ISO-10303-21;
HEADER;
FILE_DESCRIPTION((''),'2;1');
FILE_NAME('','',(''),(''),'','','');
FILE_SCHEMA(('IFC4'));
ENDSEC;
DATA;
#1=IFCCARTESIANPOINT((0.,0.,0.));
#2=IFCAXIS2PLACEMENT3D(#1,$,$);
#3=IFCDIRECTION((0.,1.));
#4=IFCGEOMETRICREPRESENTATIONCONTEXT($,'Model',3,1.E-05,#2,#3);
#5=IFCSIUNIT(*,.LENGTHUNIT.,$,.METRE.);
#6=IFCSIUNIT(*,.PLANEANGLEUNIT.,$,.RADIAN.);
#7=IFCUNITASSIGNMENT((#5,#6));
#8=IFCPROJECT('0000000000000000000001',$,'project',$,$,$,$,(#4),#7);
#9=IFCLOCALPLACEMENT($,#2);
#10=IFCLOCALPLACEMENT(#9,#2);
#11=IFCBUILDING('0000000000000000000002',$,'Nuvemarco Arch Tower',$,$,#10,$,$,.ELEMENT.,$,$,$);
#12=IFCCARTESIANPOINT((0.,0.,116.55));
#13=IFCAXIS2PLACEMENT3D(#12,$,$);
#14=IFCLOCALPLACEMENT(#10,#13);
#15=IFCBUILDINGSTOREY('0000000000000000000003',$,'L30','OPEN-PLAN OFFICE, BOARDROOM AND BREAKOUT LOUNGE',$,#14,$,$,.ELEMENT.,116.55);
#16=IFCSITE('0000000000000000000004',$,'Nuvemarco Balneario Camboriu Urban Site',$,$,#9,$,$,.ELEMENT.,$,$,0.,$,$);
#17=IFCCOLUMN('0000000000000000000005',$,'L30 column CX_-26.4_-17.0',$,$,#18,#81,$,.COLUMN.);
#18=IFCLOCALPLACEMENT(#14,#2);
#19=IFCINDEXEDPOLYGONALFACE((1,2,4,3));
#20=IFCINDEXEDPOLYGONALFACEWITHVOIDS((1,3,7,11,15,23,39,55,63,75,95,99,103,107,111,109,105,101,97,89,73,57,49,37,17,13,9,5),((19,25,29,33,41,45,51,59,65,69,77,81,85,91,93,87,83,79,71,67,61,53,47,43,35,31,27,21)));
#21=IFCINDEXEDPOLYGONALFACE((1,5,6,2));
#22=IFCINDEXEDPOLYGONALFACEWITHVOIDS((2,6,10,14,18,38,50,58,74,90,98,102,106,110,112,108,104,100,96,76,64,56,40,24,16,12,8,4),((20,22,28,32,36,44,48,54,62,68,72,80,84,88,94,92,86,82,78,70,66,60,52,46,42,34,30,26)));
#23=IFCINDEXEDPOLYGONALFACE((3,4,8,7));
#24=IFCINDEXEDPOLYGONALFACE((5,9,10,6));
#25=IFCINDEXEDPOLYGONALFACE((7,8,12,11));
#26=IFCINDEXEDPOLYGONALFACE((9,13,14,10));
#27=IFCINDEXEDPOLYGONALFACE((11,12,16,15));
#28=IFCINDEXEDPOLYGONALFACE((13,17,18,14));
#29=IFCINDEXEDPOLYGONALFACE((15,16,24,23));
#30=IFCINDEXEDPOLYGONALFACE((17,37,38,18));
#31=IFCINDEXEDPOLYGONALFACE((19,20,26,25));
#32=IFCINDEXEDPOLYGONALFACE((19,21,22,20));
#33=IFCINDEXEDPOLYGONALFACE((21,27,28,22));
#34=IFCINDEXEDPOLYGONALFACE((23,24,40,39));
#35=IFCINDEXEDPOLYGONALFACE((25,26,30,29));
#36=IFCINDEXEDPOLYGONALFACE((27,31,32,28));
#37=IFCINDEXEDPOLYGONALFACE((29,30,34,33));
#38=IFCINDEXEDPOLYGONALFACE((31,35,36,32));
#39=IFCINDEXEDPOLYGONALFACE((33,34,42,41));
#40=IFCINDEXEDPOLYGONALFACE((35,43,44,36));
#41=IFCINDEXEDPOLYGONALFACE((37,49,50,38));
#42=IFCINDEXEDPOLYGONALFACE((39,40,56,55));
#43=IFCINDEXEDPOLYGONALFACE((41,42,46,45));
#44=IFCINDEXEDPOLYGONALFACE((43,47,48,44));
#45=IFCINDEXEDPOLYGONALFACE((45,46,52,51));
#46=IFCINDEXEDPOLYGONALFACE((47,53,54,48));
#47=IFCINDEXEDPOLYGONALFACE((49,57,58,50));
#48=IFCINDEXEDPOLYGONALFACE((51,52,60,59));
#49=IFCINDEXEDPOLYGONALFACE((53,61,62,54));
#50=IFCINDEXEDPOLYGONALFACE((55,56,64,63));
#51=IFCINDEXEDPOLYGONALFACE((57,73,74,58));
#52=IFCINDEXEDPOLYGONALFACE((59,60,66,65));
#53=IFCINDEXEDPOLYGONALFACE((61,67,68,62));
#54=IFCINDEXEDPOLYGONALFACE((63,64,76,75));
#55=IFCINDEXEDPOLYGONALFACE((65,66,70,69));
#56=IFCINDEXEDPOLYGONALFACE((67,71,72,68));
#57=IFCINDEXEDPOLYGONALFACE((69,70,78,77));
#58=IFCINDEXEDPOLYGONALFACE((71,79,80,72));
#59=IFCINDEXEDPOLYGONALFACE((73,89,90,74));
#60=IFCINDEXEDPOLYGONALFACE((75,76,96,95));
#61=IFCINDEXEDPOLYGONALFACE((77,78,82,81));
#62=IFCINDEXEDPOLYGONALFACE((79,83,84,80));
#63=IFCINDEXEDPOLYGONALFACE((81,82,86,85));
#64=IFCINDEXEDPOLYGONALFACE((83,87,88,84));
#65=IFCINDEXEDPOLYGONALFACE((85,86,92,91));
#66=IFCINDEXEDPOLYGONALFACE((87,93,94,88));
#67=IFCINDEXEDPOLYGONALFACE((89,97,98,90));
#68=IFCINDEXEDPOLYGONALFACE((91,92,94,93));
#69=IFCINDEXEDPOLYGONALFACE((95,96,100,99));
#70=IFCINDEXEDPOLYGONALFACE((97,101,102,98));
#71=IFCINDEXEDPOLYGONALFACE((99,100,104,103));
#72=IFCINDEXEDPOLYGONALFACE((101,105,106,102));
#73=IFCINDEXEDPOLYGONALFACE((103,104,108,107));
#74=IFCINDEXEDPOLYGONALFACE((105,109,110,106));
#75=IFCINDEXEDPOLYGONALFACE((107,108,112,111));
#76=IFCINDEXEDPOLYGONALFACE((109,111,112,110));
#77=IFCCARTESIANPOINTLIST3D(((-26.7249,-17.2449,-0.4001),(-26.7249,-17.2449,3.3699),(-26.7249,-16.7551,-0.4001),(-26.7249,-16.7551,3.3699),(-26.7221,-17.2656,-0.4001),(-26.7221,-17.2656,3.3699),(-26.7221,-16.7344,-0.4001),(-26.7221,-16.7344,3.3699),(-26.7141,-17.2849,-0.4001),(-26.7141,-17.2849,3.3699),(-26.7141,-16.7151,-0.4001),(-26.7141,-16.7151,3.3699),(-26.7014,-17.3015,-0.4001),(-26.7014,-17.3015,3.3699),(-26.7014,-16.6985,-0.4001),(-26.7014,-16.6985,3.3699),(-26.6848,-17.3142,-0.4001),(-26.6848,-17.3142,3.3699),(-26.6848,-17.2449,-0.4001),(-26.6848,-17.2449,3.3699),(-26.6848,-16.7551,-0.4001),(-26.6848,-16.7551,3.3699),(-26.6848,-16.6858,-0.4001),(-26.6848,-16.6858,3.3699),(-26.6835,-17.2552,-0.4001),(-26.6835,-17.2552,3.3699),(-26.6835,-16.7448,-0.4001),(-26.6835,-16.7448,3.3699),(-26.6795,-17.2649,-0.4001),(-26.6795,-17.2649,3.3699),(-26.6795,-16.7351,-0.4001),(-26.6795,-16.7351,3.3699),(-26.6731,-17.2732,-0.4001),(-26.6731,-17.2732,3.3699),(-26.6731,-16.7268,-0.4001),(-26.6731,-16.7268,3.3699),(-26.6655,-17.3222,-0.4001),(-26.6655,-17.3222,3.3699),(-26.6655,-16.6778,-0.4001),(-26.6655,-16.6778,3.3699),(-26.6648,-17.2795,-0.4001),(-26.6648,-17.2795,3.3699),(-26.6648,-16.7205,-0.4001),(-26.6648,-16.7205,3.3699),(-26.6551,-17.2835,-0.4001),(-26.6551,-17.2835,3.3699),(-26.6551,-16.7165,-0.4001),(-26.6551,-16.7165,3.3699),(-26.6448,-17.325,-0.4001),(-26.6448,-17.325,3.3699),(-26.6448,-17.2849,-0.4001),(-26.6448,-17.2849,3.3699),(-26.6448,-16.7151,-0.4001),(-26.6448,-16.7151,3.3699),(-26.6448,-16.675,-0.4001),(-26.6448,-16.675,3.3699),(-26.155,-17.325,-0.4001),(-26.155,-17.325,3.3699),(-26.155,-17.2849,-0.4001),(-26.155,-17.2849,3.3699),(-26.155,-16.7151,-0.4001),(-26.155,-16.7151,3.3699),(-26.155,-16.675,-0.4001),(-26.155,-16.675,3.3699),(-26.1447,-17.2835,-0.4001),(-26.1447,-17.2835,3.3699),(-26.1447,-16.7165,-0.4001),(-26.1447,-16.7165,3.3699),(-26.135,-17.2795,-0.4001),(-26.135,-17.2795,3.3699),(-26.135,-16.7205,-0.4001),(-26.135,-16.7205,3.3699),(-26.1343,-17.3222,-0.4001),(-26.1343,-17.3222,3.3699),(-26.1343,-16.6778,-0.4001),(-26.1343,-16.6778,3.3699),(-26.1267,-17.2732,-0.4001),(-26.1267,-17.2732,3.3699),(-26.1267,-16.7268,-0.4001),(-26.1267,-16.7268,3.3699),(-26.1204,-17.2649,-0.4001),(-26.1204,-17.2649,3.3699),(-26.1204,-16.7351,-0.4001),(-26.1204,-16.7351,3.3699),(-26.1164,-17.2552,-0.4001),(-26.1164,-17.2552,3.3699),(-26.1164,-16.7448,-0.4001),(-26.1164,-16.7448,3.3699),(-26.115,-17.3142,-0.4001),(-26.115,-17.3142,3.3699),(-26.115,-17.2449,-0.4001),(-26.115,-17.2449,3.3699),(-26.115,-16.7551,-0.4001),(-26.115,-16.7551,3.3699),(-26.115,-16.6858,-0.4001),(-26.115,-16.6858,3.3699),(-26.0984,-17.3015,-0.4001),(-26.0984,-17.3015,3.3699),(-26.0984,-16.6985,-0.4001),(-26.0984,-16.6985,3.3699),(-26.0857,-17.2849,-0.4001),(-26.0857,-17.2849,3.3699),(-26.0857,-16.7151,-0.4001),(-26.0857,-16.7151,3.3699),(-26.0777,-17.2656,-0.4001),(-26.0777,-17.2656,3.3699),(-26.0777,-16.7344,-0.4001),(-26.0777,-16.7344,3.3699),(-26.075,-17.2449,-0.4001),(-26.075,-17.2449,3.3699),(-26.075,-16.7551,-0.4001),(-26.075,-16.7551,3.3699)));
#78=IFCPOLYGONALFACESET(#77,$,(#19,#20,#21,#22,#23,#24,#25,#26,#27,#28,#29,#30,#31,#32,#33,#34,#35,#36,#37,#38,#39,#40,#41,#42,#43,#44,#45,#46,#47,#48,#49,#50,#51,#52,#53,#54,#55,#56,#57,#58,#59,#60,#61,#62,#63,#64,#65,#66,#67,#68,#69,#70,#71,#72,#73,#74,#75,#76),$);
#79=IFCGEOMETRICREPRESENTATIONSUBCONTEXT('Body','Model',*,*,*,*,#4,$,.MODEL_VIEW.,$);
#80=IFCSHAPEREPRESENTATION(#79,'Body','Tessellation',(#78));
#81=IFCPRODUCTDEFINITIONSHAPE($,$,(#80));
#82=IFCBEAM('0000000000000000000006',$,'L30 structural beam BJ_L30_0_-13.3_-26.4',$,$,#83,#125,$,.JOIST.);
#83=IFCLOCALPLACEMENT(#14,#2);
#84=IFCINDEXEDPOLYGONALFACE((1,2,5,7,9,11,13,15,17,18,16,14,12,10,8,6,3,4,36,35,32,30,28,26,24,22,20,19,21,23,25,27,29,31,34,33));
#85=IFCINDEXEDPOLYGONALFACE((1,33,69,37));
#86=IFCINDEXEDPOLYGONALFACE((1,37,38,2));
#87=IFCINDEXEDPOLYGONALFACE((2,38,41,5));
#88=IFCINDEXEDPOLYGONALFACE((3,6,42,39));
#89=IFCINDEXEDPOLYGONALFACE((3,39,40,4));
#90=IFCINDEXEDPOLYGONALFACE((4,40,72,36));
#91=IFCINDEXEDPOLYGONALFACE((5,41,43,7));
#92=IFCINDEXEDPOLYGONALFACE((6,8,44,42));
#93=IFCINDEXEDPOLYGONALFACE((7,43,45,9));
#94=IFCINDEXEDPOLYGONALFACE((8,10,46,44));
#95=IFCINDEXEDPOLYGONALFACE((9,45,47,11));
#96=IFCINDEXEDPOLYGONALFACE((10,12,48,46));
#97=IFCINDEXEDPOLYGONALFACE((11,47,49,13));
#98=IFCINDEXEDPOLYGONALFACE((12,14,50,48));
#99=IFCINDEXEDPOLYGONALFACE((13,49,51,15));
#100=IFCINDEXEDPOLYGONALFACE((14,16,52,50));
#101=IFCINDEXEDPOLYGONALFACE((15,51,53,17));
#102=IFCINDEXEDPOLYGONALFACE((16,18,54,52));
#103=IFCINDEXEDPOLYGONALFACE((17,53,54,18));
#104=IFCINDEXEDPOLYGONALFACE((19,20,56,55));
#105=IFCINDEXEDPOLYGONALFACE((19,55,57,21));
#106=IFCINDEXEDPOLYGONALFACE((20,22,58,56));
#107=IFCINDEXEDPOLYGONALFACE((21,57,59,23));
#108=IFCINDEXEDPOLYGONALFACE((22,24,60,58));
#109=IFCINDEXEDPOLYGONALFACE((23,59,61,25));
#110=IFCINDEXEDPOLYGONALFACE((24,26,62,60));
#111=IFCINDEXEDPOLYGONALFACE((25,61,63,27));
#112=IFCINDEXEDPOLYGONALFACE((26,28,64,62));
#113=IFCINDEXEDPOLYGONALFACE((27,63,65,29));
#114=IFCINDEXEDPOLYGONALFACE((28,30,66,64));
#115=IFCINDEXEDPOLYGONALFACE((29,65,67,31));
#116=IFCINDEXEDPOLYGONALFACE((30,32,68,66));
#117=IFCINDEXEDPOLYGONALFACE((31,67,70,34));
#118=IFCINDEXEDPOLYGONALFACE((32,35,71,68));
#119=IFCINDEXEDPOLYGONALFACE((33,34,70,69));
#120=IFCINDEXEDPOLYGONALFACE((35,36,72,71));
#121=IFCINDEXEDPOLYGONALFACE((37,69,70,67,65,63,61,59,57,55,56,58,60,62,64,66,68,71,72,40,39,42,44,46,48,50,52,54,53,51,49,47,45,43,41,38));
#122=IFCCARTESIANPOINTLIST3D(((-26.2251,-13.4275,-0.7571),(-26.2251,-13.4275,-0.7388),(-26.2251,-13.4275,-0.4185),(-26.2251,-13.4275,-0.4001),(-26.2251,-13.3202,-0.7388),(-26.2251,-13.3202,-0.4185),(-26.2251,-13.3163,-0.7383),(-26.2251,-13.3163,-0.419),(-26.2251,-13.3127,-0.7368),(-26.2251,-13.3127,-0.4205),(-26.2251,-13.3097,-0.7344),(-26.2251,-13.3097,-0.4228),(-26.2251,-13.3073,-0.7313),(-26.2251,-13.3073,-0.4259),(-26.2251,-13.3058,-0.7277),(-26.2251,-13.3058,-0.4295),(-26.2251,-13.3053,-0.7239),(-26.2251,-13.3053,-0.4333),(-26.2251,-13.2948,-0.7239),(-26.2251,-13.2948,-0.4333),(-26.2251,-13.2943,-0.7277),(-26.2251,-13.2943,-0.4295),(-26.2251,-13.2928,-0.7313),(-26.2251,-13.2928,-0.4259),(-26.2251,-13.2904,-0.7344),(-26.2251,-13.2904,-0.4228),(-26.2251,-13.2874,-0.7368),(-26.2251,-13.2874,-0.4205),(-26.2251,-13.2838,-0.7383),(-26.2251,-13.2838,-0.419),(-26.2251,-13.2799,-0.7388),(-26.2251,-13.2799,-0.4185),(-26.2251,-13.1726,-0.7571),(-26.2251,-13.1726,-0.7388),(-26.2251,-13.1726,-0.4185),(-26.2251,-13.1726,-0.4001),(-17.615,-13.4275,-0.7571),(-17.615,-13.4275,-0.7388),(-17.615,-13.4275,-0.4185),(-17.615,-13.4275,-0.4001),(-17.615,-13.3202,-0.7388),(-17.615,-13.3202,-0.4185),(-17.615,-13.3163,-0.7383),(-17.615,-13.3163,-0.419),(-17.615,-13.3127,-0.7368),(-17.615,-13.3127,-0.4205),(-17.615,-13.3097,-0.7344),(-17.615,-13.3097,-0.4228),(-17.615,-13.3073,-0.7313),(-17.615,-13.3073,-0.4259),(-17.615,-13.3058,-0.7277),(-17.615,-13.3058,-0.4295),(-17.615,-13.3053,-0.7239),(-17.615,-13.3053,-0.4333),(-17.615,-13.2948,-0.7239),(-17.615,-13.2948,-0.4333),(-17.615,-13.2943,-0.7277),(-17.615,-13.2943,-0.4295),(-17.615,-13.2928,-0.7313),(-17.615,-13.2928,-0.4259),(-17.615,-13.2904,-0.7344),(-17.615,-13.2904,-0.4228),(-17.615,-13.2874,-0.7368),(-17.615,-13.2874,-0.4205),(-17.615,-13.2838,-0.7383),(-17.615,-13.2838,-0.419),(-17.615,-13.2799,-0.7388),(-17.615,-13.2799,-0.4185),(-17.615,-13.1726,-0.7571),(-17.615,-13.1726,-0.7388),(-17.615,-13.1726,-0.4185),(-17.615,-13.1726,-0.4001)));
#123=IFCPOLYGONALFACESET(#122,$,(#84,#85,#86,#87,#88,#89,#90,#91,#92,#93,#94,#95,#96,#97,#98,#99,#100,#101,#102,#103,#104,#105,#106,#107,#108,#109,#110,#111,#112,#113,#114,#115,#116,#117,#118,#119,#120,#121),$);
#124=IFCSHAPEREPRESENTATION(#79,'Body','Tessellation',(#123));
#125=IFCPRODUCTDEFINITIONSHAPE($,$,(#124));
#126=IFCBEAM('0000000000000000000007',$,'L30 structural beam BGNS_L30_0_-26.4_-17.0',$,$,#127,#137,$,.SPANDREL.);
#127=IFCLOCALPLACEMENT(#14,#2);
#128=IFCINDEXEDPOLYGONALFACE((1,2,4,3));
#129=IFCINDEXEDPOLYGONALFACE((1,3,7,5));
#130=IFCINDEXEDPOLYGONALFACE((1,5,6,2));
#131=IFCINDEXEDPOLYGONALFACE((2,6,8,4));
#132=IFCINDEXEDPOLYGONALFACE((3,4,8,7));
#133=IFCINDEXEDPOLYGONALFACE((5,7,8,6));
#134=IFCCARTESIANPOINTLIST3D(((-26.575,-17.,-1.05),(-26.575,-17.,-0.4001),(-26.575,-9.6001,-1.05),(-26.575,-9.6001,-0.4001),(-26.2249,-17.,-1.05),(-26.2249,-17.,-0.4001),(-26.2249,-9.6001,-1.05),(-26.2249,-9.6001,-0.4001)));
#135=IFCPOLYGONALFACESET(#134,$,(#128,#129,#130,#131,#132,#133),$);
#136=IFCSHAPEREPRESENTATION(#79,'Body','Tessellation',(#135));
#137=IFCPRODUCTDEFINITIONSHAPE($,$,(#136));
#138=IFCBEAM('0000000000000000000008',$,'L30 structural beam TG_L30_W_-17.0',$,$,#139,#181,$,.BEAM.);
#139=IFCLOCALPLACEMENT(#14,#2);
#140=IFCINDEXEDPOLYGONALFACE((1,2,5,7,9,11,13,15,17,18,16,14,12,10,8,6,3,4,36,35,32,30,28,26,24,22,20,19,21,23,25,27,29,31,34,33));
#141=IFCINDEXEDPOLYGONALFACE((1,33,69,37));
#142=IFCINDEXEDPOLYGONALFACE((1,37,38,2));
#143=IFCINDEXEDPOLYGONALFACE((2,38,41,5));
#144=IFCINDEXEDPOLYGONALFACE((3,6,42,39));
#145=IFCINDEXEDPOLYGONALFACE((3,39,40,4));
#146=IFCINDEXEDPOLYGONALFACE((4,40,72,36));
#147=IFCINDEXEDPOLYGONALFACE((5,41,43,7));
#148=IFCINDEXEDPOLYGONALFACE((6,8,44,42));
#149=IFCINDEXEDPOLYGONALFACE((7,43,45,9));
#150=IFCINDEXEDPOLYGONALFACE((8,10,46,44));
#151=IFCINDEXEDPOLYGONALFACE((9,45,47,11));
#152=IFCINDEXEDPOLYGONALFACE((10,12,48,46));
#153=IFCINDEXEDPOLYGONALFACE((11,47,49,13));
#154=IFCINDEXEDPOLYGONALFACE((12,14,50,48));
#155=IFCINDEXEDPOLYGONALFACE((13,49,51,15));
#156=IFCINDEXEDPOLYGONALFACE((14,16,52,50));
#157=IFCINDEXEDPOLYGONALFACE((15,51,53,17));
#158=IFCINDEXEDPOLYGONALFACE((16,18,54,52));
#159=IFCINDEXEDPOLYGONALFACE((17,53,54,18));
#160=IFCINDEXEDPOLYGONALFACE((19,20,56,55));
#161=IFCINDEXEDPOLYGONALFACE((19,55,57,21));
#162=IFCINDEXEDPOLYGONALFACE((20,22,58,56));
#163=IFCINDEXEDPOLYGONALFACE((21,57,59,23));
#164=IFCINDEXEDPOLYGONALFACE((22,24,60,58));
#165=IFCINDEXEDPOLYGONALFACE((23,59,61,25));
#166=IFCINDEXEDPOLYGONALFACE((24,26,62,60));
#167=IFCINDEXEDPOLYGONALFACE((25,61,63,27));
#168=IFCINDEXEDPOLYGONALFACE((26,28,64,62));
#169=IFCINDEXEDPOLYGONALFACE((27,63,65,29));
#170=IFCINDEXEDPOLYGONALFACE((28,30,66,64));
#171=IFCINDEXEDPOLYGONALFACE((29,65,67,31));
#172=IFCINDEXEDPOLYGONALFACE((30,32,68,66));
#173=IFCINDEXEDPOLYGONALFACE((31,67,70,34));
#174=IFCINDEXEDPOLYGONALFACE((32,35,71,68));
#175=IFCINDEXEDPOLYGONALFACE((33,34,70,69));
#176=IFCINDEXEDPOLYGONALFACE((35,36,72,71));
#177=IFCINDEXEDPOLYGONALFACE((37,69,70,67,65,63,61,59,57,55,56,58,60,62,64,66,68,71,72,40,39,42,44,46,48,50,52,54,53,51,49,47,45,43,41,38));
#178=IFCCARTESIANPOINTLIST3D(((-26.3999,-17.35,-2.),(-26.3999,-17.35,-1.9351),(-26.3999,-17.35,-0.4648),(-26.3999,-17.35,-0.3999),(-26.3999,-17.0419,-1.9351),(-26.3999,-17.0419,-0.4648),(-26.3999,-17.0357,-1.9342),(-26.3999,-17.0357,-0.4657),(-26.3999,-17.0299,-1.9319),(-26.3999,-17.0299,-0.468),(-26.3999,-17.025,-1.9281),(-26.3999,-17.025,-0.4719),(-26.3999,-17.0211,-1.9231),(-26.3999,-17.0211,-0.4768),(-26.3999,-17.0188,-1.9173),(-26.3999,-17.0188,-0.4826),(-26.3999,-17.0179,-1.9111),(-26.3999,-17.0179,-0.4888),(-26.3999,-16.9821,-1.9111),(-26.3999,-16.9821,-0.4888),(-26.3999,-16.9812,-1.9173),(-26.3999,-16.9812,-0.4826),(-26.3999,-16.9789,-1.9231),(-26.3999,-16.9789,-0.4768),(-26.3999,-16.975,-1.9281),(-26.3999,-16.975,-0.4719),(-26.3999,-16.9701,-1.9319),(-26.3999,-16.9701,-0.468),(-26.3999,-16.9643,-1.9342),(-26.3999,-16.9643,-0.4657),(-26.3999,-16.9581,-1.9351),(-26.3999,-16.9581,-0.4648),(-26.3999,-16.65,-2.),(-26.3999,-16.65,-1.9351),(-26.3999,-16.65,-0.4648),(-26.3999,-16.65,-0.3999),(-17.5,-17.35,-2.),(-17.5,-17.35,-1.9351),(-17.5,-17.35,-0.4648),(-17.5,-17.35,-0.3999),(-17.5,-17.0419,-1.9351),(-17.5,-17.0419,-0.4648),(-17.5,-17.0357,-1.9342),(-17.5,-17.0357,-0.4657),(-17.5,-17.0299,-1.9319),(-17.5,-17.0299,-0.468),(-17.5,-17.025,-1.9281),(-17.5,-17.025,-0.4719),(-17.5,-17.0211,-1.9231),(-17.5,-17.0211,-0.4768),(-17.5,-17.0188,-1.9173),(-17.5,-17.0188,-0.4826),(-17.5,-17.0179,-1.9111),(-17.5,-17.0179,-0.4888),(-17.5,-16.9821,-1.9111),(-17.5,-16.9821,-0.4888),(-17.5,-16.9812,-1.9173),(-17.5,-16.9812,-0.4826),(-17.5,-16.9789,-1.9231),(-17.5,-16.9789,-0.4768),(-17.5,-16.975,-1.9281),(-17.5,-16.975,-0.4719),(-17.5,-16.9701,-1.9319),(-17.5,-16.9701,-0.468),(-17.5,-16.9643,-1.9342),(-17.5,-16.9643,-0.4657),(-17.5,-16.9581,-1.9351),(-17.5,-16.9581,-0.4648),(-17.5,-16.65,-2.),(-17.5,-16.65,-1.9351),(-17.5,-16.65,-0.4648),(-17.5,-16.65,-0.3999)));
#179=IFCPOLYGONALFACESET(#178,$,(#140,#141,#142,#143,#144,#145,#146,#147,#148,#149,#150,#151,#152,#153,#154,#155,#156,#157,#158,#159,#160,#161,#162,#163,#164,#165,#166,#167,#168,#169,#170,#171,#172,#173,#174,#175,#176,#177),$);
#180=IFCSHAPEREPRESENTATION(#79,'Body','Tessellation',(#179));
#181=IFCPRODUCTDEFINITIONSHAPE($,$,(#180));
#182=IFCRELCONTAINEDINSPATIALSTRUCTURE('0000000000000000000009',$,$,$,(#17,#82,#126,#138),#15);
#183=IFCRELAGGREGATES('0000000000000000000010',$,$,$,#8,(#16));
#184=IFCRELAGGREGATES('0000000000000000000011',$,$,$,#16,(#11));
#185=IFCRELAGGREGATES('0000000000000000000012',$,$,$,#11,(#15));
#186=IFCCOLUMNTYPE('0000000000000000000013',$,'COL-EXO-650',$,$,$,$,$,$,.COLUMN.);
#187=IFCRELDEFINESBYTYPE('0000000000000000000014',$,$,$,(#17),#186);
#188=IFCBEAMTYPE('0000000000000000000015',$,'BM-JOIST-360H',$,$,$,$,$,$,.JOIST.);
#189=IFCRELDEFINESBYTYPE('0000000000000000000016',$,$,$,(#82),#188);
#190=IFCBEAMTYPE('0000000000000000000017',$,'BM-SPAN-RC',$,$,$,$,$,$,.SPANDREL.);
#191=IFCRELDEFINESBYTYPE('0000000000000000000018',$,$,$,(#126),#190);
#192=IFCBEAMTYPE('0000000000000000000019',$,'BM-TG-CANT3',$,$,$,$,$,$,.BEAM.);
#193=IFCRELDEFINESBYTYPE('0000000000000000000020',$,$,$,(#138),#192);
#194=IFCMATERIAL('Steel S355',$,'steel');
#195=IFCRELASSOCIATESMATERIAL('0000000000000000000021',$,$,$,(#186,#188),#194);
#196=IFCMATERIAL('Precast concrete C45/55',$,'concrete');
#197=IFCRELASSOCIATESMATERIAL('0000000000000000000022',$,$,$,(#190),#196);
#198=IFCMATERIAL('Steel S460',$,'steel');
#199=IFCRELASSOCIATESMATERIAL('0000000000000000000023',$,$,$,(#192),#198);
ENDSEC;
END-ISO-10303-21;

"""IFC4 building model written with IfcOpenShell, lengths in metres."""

from ifc_helpers import new_model, si_unit, direction, frame, origin, origin_2d, place, context, subcontext, project, spatial, rectangle, hollow_rectangle, i_section, extrude, material, material_profile, profile_set, type_object, element, save


model = new_model("IFC4")

# Units and contexts
model_context = context("Model", 3, precision=1e-05, world=origin(), true_north=direction((0.0, 1.0)))
body_context = subcontext(model_context, "Body", "Model", "MODEL_VIEW")
ifc_project = project(units=[si_unit("LENGTHUNIT", "METRE"), si_unit("PLANEANGLEUNIT", "RADIAN")], contexts=[model_context])

# Site, building, storey
site_placement = place(None, origin())
site = spatial("IfcSite", under=ifc_project, at=site_placement, Name="Nuvemarco Balneario Camboriu Urban Site", CompositionType="ELEMENT", RefElevation=0.0)
building_placement = place(site_placement, origin())
building = spatial("IfcBuilding", under=site, at=building_placement, Name="Nuvemarco Arch Tower", CompositionType="ELEMENT")
storey_placement = place(building_placement, frame((0.0, 0.0, 116.55)))
storey = spatial("IfcBuildingStorey", under=building, at=storey_placement, Name="L30", Description="OPEN-PLAN OFFICE, BOARDROOM AND BREAKOUT LOUNGE", CompositionType="ELEMENT", Elevation=116.55)

# Column
ifc_material_1 = material(Name="Steel S355", Category="steel")
ifc_material_profile_1 = material_profile(ifc_material_1, hollow_rectangle(XDim=0.6499, YDim=0.6499, WallThickness=0.04, InnerFilletRadius=0.04, OuterFilletRadius=0.0801, at=origin_2d()), Name="SHS650x650x40")
ifc_profile_set_1 = profile_set([ifc_material_profile_1], Name="Steel S355")
column_type = type_object("IfcColumnType", Name="COL-EXO-650", PredefinedType="COLUMN", material=ifc_profile_set_1)
column_placement = place(storey_placement, frame((-26.3999, -17.0, -0.4001), z_axis=(0.0, 0.0, 1.0), x_axis=(1.0, 0.0, 0.0)))
element("IfcColumn", 1, at=column_placement, inside=storey, type_object=column_type, Name="L30 column CX_-26.4_-17.0", PredefinedType="COLUMN", context=body_context, shape_type="SweptSolid", body=[
    extrude(hollow_rectangle(XDim=0.6499, YDim=0.6499, WallThickness=0.04, InnerFilletRadius=0.04, OuterFilletRadius=0.0801, at=origin_2d()), origin(), (0.0, 0.0, 1.0), 3.77),
])

# Beams
ifc_material_profile_2 = material_profile(ifc_material_1, i_section(OverallWidth=0.2549, OverallDepth=0.3569, WebThickness=0.0105, FlangeThickness=0.0183, FilletRadius=0.0149, at=origin_2d()), Name="W360x101")
ifc_profile_set_2 = profile_set([ifc_material_profile_2], Name="Steel S355")
beam_type_1 = type_object("IfcBeamType", Name="BM-JOIST-360H", PredefinedType="JOIST", material=ifc_profile_set_2)
beam_1_placement = place(storey_placement, frame((-26.2251, -13.3, -0.5786), z_axis=(1.0, 0.0, 0.0), x_axis=(0.0, 1.0, 0.0)))
element("IfcBeam", 2, at=beam_1_placement, inside=storey, type_object=beam_type_1, Name="L30 structural beam BJ_L30_0_-13.3_-26.4", PredefinedType="JOIST", context=body_context, shape_type="SweptSolid", body=[
    extrude(i_section(OverallWidth=0.2549, OverallDepth=0.3569, WebThickness=0.0105, FlangeThickness=0.0183, FilletRadius=0.0149, at=origin_2d()), origin(), (0.0, 0.0, 1.0), 8.6101),
])
ifc_material_2 = material(Name="Precast concrete C45/55", Category="concrete")
ifc_material_profile_3 = material_profile(ifc_material_2, rectangle(XDim=0.3501, YDim=0.6499, at=origin_2d()), Name="PC-SP-350x650")
ifc_profile_set_3 = profile_set([ifc_material_profile_3], Name="Precast concrete C45/55")
beam_type_2 = type_object("IfcBeamType", Name="BM-SPAN-RC", PredefinedType="SPANDREL", material=ifc_profile_set_3)
beam_2_placement = place(storey_placement, frame((-26.3999, -17.0, -0.7251), z_axis=(0.0, 1.0, 0.0), x_axis=(-1.0, 0.0, 0.0)))
element("IfcBeam", 3, at=beam_2_placement, inside=storey, type_object=beam_type_2, Name="L30 structural beam BGNS_L30_0_-26.4_-17.0", PredefinedType="SPANDREL", context=body_context, shape_type="SweptSolid", body=[
    extrude(rectangle(XDim=0.3501, YDim=0.6499, at=origin_2d()), origin(), (0.0, 0.0, 1.0), 7.3999),
])
ifc_material_3 = material(Name="Steel S460", Category="steel")
ifc_material_profile_4 = material_profile(ifc_material_3, i_section(OverallWidth=0.7, OverallDepth=1.6001, WebThickness=0.0359, FlangeThickness=0.0649, FilletRadius=0.0239, at=origin_2d()), Name="PG1600x700")
ifc_profile_set_4 = profile_set([ifc_material_profile_4], Name="Steel S460")
beam_type_3 = type_object("IfcBeamType", Name="BM-TG-CANT3", PredefinedType="BEAM", material=ifc_profile_set_4)
beam_3_placement = place(storey_placement, frame((-26.3999, -17.0, -1.2), z_axis=(1.0, 0.0, 0.0), x_axis=(0.0, 1.0, 0.0)))
element("IfcBeam", 4, at=beam_3_placement, inside=storey, type_object=beam_type_3, Name="L30 structural beam TG_L30_W_-17.0", PredefinedType="BEAM", context=body_context, shape_type="SweptSolid", body=[
    extrude(i_section(OverallWidth=0.7, OverallDepth=1.6001, WebThickness=0.0359, FlangeThickness=0.0649, FilletRadius=0.0239, at=origin_2d()), origin(), (0.0, 0.0, 1.0), 8.8999),
])

save(model, "model.ifc")
